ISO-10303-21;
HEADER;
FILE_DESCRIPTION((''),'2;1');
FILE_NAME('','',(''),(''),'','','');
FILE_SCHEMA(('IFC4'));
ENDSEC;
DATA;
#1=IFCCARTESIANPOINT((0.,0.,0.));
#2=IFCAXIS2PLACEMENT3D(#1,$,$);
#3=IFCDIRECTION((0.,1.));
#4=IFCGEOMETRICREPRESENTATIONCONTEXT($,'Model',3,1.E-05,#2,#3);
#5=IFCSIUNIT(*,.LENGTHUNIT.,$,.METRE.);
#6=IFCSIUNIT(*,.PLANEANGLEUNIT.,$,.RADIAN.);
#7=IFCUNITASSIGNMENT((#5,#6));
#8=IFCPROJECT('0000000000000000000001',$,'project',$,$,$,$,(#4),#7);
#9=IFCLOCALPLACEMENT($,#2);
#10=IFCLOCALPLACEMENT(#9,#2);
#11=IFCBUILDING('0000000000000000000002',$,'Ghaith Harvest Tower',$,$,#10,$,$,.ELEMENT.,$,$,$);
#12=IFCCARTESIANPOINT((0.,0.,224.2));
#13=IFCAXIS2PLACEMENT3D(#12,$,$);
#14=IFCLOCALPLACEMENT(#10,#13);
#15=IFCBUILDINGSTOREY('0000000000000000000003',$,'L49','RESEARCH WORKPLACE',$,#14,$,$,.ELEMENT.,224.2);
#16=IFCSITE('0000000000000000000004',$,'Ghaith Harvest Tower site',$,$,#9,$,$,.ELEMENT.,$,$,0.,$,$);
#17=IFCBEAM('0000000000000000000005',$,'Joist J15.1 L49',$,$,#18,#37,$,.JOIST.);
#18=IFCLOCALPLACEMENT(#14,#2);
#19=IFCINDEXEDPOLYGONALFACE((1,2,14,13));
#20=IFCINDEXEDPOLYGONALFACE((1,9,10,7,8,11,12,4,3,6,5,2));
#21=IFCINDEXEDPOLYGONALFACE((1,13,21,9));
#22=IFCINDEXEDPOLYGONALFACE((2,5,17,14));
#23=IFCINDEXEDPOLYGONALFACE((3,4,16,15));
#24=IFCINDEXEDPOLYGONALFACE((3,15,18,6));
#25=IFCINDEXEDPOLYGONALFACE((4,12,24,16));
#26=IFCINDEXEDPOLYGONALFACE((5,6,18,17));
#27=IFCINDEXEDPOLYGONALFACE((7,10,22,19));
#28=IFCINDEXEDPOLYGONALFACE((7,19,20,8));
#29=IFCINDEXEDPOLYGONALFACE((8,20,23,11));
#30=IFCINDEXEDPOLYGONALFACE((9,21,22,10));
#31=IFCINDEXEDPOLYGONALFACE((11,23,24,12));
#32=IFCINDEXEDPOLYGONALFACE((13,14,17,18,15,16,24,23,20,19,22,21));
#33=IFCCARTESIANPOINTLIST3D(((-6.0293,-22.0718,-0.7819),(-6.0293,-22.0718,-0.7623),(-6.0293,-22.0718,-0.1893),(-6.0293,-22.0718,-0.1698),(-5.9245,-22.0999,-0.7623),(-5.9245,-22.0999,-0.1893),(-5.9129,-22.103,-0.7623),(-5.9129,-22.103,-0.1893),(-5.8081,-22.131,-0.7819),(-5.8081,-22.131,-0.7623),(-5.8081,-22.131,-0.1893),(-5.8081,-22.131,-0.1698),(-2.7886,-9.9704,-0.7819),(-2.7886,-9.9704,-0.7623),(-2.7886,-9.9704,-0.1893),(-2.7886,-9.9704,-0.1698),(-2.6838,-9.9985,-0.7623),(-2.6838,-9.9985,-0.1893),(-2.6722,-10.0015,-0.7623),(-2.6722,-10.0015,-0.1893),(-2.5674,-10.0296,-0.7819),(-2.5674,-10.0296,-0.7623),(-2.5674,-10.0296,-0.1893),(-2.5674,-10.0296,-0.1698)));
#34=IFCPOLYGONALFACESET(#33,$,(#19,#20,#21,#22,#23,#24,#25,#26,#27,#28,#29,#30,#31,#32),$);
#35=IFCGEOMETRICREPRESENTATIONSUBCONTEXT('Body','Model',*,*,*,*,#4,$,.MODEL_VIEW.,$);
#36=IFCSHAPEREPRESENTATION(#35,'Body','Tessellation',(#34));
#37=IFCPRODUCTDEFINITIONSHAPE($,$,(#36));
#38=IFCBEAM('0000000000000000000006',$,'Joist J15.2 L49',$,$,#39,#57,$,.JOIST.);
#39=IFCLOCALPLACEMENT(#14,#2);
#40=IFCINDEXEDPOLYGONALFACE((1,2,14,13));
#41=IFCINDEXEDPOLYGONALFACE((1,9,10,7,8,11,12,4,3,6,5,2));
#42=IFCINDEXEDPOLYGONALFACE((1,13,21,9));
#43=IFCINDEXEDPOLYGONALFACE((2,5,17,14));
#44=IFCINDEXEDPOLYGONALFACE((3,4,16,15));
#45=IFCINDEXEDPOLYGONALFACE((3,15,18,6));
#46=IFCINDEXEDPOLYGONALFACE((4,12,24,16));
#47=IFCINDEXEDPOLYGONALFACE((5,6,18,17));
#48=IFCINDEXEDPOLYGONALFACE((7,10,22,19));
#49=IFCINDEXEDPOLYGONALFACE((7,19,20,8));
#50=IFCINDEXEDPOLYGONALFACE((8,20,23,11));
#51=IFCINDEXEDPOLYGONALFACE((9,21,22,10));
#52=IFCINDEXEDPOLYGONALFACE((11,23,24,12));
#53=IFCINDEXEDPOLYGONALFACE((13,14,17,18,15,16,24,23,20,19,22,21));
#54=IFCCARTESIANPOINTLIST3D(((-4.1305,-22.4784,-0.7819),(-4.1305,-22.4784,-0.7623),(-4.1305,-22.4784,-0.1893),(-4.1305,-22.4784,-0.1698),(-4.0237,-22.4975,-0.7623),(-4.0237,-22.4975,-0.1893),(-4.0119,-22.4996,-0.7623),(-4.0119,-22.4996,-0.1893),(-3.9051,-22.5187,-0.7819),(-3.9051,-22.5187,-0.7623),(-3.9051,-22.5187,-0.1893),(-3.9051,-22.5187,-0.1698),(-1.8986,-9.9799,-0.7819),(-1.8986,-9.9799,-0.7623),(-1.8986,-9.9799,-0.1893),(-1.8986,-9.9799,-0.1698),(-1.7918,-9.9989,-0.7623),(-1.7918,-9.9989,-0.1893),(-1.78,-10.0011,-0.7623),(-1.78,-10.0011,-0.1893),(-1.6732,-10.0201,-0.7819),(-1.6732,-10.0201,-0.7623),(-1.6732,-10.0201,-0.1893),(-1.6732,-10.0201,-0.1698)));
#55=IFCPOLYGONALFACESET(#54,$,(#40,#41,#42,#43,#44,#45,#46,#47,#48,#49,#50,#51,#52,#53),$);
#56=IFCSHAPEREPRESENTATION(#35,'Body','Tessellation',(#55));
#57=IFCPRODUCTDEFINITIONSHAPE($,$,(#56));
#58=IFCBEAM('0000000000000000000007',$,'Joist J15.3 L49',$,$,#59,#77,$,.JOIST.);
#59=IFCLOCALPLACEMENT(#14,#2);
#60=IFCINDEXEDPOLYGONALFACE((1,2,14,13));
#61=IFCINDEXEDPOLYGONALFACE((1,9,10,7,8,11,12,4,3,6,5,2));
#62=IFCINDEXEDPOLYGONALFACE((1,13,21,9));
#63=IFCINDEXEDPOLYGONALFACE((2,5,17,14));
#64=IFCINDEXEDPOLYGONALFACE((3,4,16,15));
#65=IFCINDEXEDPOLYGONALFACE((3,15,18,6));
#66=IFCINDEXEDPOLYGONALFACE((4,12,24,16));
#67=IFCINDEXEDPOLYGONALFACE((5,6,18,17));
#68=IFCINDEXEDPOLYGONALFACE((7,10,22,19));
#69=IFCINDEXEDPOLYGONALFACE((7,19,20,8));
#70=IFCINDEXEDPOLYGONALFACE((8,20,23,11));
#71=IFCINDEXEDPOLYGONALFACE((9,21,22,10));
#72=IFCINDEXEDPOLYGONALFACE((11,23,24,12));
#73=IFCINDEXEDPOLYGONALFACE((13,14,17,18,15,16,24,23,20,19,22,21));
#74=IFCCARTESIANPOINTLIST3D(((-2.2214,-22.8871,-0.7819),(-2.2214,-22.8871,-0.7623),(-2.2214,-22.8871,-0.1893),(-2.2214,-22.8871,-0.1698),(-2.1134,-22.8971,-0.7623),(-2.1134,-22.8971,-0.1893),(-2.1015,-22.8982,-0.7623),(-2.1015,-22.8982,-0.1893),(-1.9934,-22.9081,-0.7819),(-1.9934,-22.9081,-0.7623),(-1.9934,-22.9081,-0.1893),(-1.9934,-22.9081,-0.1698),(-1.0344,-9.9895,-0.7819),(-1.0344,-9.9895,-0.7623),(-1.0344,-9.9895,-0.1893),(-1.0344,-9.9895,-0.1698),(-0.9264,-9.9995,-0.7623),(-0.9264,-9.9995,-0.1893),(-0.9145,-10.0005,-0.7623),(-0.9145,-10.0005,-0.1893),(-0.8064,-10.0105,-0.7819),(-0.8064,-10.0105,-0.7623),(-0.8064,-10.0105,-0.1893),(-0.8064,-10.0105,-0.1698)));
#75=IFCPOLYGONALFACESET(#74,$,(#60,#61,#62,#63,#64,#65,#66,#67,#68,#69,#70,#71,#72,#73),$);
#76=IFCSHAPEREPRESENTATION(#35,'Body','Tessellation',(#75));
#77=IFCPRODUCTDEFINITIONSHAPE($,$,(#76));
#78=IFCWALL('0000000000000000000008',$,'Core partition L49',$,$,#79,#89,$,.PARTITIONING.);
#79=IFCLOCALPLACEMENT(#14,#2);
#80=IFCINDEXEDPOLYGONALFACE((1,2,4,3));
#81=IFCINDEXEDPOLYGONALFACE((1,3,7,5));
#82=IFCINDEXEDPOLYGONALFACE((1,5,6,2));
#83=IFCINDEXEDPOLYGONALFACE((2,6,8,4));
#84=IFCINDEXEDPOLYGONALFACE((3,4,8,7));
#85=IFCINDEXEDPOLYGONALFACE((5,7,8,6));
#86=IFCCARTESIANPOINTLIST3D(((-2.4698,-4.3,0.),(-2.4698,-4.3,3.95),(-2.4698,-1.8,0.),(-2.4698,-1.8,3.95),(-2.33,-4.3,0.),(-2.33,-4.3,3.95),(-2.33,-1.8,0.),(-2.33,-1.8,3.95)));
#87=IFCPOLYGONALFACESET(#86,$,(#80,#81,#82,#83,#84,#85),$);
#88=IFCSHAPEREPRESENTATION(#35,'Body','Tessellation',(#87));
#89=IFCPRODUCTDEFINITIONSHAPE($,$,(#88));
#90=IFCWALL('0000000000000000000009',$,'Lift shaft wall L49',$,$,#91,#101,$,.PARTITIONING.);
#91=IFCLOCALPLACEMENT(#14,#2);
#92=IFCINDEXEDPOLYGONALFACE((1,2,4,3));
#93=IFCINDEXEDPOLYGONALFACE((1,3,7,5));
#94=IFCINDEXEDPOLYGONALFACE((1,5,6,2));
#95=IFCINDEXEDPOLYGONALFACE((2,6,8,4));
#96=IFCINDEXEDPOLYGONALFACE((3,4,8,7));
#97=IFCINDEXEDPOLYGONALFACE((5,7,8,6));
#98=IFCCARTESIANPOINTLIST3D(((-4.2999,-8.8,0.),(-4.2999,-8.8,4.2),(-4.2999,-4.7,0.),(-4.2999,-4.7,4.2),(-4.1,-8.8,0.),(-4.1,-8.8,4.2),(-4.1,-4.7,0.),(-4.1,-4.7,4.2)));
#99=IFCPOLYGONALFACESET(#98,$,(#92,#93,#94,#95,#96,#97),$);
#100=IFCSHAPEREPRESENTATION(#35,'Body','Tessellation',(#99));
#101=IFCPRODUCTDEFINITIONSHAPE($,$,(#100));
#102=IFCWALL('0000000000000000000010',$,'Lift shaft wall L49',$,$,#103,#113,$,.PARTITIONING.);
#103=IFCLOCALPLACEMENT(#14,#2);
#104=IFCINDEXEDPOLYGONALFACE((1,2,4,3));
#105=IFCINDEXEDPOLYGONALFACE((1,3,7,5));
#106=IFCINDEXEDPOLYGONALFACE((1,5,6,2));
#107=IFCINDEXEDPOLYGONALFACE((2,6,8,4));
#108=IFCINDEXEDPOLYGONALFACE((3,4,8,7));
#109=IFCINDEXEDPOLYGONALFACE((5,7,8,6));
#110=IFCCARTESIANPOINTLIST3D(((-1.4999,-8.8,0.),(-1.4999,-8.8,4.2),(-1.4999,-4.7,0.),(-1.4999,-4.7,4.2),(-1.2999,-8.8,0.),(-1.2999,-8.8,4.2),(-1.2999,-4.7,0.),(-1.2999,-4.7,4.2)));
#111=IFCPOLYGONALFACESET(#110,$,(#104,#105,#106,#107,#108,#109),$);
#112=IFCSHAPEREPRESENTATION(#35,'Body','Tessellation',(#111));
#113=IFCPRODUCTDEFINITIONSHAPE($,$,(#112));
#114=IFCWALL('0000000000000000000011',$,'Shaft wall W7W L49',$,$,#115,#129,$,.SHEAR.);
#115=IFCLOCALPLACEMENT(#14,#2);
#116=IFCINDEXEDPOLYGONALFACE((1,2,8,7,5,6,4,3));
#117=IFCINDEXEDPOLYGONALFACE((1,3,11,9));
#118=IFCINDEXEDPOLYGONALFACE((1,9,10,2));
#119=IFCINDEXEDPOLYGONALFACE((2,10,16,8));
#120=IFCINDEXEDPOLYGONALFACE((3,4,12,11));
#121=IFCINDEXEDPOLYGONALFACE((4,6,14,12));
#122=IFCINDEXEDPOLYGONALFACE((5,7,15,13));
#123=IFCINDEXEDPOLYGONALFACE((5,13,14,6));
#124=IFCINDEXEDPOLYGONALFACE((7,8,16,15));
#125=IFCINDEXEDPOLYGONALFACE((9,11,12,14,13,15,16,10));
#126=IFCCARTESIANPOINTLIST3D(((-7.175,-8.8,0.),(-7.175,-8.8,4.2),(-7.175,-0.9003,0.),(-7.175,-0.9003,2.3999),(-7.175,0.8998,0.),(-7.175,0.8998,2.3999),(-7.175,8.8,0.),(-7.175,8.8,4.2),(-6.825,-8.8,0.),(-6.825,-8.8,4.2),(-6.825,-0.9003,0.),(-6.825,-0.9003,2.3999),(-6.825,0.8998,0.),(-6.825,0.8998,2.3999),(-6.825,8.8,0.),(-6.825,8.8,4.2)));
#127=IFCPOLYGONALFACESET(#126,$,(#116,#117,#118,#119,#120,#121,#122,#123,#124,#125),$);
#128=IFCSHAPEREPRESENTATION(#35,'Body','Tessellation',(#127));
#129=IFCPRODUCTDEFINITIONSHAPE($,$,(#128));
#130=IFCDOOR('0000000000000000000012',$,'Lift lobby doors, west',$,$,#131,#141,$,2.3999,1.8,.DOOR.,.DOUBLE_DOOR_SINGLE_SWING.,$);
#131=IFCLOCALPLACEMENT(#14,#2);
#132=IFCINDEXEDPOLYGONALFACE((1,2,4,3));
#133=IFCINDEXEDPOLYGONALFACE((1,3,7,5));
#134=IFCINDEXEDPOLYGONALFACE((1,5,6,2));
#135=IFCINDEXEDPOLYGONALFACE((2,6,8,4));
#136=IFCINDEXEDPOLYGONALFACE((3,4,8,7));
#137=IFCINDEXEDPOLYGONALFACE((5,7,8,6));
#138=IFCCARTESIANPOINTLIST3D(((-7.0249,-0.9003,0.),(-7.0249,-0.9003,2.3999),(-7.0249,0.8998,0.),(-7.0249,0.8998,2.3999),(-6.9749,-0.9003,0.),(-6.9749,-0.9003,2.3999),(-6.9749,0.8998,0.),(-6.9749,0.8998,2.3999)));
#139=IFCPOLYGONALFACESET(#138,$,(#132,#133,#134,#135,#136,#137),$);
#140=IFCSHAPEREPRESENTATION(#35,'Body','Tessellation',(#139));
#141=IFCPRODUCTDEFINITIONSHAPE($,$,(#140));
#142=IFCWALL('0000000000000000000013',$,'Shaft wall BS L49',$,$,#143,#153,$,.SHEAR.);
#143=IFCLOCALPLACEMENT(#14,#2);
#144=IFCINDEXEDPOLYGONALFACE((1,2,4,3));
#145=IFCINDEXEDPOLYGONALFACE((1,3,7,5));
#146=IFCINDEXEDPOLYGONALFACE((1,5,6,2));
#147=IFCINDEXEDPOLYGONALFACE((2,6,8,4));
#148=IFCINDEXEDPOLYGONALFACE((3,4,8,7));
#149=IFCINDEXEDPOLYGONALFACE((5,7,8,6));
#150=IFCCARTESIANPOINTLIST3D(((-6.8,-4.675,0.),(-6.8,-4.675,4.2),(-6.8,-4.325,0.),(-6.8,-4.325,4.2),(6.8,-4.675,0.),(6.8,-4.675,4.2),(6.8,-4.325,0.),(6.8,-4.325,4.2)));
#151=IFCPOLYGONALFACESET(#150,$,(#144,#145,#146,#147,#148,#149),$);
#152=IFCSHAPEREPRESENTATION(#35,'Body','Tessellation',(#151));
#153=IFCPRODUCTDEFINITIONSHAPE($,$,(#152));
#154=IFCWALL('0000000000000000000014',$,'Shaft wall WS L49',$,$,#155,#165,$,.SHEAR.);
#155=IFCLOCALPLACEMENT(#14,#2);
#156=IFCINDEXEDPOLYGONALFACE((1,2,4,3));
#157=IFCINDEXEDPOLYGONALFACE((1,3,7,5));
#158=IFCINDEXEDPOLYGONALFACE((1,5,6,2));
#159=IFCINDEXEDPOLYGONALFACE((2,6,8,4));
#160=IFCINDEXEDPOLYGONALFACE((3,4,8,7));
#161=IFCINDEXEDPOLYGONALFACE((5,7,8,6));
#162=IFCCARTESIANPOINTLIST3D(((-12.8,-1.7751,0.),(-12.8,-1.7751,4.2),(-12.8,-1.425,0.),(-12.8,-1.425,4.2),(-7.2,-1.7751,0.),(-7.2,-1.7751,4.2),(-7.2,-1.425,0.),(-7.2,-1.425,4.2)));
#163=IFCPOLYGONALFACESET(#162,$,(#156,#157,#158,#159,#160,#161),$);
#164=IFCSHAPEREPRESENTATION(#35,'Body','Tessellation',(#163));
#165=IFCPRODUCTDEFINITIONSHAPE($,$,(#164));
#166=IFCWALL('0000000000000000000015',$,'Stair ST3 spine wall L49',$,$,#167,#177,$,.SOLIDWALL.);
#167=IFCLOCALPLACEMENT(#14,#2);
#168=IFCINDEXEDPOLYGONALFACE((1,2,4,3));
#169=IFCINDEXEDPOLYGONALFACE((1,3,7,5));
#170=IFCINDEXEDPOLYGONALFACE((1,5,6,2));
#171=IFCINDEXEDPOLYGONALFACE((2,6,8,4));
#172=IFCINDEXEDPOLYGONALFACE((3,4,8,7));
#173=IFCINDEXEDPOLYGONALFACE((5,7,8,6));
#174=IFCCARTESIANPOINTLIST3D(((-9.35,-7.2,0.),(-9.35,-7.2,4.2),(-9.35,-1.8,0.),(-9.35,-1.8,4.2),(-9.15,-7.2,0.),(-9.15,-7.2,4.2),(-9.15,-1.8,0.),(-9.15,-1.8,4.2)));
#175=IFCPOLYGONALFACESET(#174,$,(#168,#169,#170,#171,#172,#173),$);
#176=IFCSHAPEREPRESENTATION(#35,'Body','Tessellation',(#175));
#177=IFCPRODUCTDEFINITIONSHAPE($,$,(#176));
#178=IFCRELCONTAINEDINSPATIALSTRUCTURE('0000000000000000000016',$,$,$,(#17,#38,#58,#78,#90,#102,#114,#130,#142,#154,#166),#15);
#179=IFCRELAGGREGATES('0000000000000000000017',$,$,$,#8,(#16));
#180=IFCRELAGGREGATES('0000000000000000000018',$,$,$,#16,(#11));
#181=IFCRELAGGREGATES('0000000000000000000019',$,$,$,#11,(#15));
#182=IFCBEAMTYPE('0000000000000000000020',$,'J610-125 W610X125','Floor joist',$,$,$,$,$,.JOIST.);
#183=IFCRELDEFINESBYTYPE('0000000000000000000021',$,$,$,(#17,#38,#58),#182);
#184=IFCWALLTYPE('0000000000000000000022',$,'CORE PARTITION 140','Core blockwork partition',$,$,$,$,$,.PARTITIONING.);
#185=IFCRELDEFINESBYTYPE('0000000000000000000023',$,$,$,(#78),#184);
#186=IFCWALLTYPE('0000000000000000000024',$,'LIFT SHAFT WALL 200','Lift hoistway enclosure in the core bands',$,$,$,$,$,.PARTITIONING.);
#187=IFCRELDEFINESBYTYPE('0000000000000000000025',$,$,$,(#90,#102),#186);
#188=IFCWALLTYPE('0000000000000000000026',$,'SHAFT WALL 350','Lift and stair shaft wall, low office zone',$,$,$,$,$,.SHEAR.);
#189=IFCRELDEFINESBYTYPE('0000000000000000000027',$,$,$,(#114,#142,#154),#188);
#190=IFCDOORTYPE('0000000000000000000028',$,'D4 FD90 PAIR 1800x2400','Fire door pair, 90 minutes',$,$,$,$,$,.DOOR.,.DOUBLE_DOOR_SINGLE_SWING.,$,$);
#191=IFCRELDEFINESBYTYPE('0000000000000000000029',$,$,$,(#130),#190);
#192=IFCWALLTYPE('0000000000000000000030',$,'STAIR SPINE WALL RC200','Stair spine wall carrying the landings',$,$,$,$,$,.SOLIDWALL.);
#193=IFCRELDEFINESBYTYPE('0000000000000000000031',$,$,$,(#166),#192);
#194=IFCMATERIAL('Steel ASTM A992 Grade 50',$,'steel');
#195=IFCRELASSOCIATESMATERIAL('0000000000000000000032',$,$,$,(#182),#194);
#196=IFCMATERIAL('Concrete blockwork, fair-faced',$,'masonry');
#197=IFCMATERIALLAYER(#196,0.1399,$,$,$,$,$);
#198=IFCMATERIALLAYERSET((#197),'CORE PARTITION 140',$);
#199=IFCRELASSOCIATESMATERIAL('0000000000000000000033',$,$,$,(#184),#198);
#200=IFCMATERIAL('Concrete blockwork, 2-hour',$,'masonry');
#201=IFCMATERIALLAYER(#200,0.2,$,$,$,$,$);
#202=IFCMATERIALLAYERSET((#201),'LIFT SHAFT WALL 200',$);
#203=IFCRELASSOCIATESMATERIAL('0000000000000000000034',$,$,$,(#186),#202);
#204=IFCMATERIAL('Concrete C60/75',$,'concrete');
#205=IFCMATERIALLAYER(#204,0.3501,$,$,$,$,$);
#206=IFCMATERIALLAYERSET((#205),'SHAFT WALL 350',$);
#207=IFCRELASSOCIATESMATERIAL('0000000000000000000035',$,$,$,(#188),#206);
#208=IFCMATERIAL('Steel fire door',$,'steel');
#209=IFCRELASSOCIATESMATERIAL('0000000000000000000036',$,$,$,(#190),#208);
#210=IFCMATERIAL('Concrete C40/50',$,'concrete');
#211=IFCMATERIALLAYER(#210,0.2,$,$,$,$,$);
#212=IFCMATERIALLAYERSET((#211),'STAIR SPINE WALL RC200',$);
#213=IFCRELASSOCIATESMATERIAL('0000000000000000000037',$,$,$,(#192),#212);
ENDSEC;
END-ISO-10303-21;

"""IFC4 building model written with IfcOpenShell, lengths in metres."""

from ifc_helpers import new_model, si_unit, direction, frame, frame_2d, origin, origin_2d, place, context, subcontext, project, spatial, rectangle, i_section, extrude, material, layer, layer_set, material_profile, profile_set, type_object, element, fill, save


model = new_model("IFC4")

# Units and contexts
model_context = context("Model", 3, precision=1e-05, world=origin(), true_north=direction((0.0, 1.0)))
body_context = subcontext(model_context, "Body", "Model", "MODEL_VIEW")
ifc_project = project(units=[si_unit("LENGTHUNIT", "METRE"), si_unit("PLANEANGLEUNIT", "RADIAN")], contexts=[model_context])

# Site, building, storey
site_placement = place(None, origin())
site = spatial("IfcSite", under=ifc_project, at=site_placement, Name="Ghaith Harvest Tower site", CompositionType="ELEMENT", RefElevation=0.0)
building_placement = place(site_placement, origin())
building = spatial("IfcBuilding", under=site, at=building_placement, Name="Ghaith Harvest Tower", CompositionType="ELEMENT")
storey_placement = place(building_placement, frame((0.0, 0.0, 224.2)))
storey = spatial("IfcBuildingStorey", under=building, at=storey_placement, Name="L49", Description="RESEARCH WORKPLACE", CompositionType="ELEMENT", Elevation=224.2)

# Beams
ifc_material_1 = material(Name="Steel ASTM A992 Grade 50", Category="steel")
ifc_material_profile_1 = material_profile(ifc_material_1, i_section(OverallWidth=0.229, OverallDepth=0.6121, WebThickness=0.012, FlangeThickness=0.0195, at=origin_2d()), Name="W610X125")
ifc_profile_set_1 = profile_set([ifc_material_profile_1], Name="Steel ASTM A992 Grade 50")
beam_type_1 = type_object("IfcBeamType", Name="J610-125 W610X125", Description="Floor joist", PredefinedType="JOIST", material=ifc_profile_set_1)
beam_1_placement = place(storey_placement, frame((-2.678, -10.0, -0.4758), z_axis=(-0.258684, -0.965962, 0.0), x_axis=(0.965962, -0.258684, 0.0)))
element("IfcBeam", 1, at=beam_1_placement, inside=storey, type_object=beam_type_1, Name="Joist J15.1 L49", PredefinedType="JOIST", context=body_context, shape_type="SweptSolid", body=[
    extrude(i_section(OverallWidth=0.229, OverallDepth=0.6121, WebThickness=0.012, FlangeThickness=0.0195, at=origin_2d()), origin(), (0.0, 0.0, 1.0), 12.5278),
])
beam_2_placement = place(storey_placement, frame((-1.7859, -10.0, -0.4758), z_axis=(-0.175795, -0.984427, 0.0), x_axis=(0.984427, -0.175795, 0.0)))
element("IfcBeam", 2, at=beam_2_placement, inside=storey, type_object=beam_type_1, Name="Joist J15.2 L49", PredefinedType="JOIST", context=body_context, shape_type="SweptSolid", body=[
    extrude(i_section(OverallWidth=0.229, OverallDepth=0.6121, WebThickness=0.012, FlangeThickness=0.0195, at=origin_2d()), origin(), (0.0, 0.0, 1.0), 12.6963),
])
beam_3_placement = place(storey_placement, frame((-0.9204, -10.0, -0.4758), z_axis=(-0.091645, -0.995792, 0.0), x_axis=(0.995792, -0.091645, 0.0)))
element("IfcBeam", 3, at=beam_3_placement, inside=storey, type_object=beam_type_1, Name="Joist J15.3 L49", PredefinedType="JOIST", context=body_context, shape_type="SweptSolid", body=[
    extrude(i_section(OverallWidth=0.229, OverallDepth=0.6121, WebThickness=0.012, FlangeThickness=0.0195, at=origin_2d()), origin(), (0.0, 0.0, 1.0), 12.9521),
])

# Walls
ifc_material_2 = material(Name="Concrete blockwork, fair-faced", Category="masonry")
ifc_layer_1 = layer(ifc_material_2, 0.1399)
ifc_layer_set_1 = layer_set([ifc_layer_1], Name="CORE PARTITION 140")
wall_type_1 = type_object("IfcWallType", Name="CORE PARTITION 140", Description="Core blockwork partition", PredefinedType="PARTITIONING", material=ifc_layer_set_1)
wall_1_placement = place(storey_placement, frame((-2.3999, -1.8, 0.0), z_axis=(0.0, 0.0, 1.0), x_axis=(0.0, -1.0, 0.0)))
element("IfcWall", 4, at=wall_1_placement, inside=storey, type_object=wall_type_1, Name="Core partition L49", PredefinedType="PARTITIONING", context=body_context, shape_type="SweptSolid", body=[
    extrude(rectangle(XDim=2.5, YDim=0.1399, at=frame_2d((1.25, 0.0))), origin(), (0.0, 0.0, 1.0), 3.95),
])
ifc_material_3 = material(Name="Concrete blockwork, 2-hour", Category="masonry")
ifc_layer_2 = layer(ifc_material_3, 0.2)
ifc_layer_set_2 = layer_set([ifc_layer_2], Name="LIFT SHAFT WALL 200")
wall_type_2 = type_object("IfcWallType", Name="LIFT SHAFT WALL 200", Description="Lift hoistway enclosure in the core bands", PredefinedType="PARTITIONING", material=ifc_layer_set_2)
for number, where, z_axis, x_axis, name in (
    (5, (-4.2, -4.7, 0.0), (0.0, 0.0, 1.0), (0.0, -1.0, 0.0), "Lift shaft wall L49"),
    (6, (-1.3999, -4.7, 0.0), (0.0, 0.0, 1.0), (0.0, -1.0, 0.0), "Lift shaft wall L49"),
):
    element("IfcWall", number, at=place(storey_placement, frame(where, z_axis=z_axis, x_axis=x_axis)), inside=storey, type_object=wall_type_2, Name=name, PredefinedType="PARTITIONING", context=body_context, shape_type="SweptSolid", body=[
        extrude(rectangle(XDim=4.1001, YDim=0.2, at=frame_2d((2.05, 0.0))), origin(), (0.0, 0.0, 1.0), 4.2),
    ])

# Wall, opening, door
ifc_material_4 = material(Name="Concrete C60/75", Category="concrete")
ifc_layer_3 = layer(ifc_material_4, 0.3501)
ifc_layer_set_3 = layer_set([ifc_layer_3], Name="SHAFT WALL 350")
wall_type_3 = type_object("IfcWallType", Name="SHAFT WALL 350", Description="Lift and stair shaft wall, low office zone", PredefinedType="SHEAR", material=ifc_layer_set_3)
wall_2_placement = place(storey_placement, frame((-7.0, -8.8, 0.0), z_axis=(0.0, 0.0, 1.0), x_axis=(0.0, 1.0, 0.0)))
wall_2 = element("IfcWall", 7, at=wall_2_placement, inside=storey, type_object=wall_type_3, Name="Shaft wall W7W L49", PredefinedType="SHEAR", context=body_context, shape_type="SweptSolid", body=[
    extrude(rectangle(XDim=17.6001, YDim=0.3501, at=frame_2d((8.8, 0.0))), origin(), (0.0, 0.0, 1.0), 4.2),
])
opening_1_placement = place(wall_2_placement, frame((7.8999, 0.0, 0.0)))
opening_1 = element("IfcOpeningElement", 8, at=opening_1_placement, cuts=wall_2, PredefinedType="OPENING", context=body_context, shape_type="SweptSolid", body=[
    extrude(rectangle(XDim=1.8, YDim=2.3999, at=frame_2d((0.8999, 1.2))), frame((0.0, 0.1851, 0.0), z_axis=(0.0, -1.0, 0.0), x_axis=(1.0, 0.0, 0.0)), (0.0, 0.0, 1.0), 0.3701),
])
ifc_material_5 = material(Name="Steel fire door", Category="steel")
door_type_1 = type_object("IfcDoorType", Name="D4 FD90 PAIR 1800x2400", Description="Fire door pair, 90 minutes", OperationType="DOUBLE_DOOR_SINGLE_SWING", PredefinedType="DOOR", material=ifc_material_5)
door_1_placement = place(opening_1_placement, origin())
door_1 = element("IfcDoor", 9, at=door_1_placement, inside=storey, type_object=door_type_1, Name="Lift lobby doors, west", OperationType="DOUBLE_DOOR_SINGLE_SWING", OverallHeight=2.3999, OverallWidth=1.8, PredefinedType="DOOR", context=body_context, shape_type="SweptSolid", body=[
    extrude(rectangle(XDim=1.8, YDim=2.3999, at=frame_2d((0.8999, 1.2))), frame((0.0, 0.0249, 0.0), z_axis=(0.0, -1.0, 0.0), x_axis=(1.0, 0.0, 0.0)), (0.0, 0.0, 1.0), 0.05),
])
fill(opening_1, door_1)

# Walls
wall_3_placement = place(storey_placement, frame((-6.8, -4.5, 0.0), z_axis=(0.0, 0.0, 1.0), x_axis=(1.0, 0.0, 0.0)))
element("IfcWall", 10, at=wall_3_placement, inside=storey, type_object=wall_type_3, Name="Shaft wall BS L49", PredefinedType="SHEAR", context=body_context, shape_type="SweptSolid", body=[
    extrude(rectangle(XDim=13.6001, YDim=0.3501, at=frame_2d((6.8, 0.0))), origin(), (0.0, 0.0, 1.0), 4.2),
])
wall_4_placement = place(storey_placement, frame((-12.8, -1.6001, 0.0), z_axis=(0.0, 0.0, 1.0), x_axis=(1.0, 0.0, 0.0)))
element("IfcWall", 11, at=wall_4_placement, inside=storey, type_object=wall_type_3, Name="Shaft wall WS L49", PredefinedType="SHEAR", context=body_context, shape_type="SweptSolid", body=[
    extrude(rectangle(XDim=5.6001, YDim=0.3501, at=frame_2d((2.8, 0.0))), origin(), (0.0, 0.0, 1.0), 4.2),
])
ifc_material_6 = material(Name="Concrete C40/50", Category="concrete")
ifc_layer_4 = layer(ifc_material_6, 0.2)
ifc_layer_set_4 = layer_set([ifc_layer_4], Name="STAIR SPINE WALL RC200")
wall_type_4 = type_object("IfcWallType", Name="STAIR SPINE WALL RC200", Description="Stair spine wall carrying the landings", PredefinedType="SOLIDWALL", material=ifc_layer_set_4)
wall_5_placement = place(storey_placement, frame((-9.25, -7.2, 0.0), z_axis=(0.0, 0.0, 1.0), x_axis=(0.0, 1.0, 0.0)))
element("IfcWall", 12, at=wall_5_placement, inside=storey, type_object=wall_type_4, Name="Stair ST3 spine wall L49", PredefinedType="SOLIDWALL", context=body_context, shape_type="SweptSolid", body=[
    extrude(rectangle(XDim=5.3999, YDim=0.2, at=frame_2d((2.7, 0.0))), origin(), (0.0, 0.0, 1.0), 4.2),
])

save(model, "model.ifc")
